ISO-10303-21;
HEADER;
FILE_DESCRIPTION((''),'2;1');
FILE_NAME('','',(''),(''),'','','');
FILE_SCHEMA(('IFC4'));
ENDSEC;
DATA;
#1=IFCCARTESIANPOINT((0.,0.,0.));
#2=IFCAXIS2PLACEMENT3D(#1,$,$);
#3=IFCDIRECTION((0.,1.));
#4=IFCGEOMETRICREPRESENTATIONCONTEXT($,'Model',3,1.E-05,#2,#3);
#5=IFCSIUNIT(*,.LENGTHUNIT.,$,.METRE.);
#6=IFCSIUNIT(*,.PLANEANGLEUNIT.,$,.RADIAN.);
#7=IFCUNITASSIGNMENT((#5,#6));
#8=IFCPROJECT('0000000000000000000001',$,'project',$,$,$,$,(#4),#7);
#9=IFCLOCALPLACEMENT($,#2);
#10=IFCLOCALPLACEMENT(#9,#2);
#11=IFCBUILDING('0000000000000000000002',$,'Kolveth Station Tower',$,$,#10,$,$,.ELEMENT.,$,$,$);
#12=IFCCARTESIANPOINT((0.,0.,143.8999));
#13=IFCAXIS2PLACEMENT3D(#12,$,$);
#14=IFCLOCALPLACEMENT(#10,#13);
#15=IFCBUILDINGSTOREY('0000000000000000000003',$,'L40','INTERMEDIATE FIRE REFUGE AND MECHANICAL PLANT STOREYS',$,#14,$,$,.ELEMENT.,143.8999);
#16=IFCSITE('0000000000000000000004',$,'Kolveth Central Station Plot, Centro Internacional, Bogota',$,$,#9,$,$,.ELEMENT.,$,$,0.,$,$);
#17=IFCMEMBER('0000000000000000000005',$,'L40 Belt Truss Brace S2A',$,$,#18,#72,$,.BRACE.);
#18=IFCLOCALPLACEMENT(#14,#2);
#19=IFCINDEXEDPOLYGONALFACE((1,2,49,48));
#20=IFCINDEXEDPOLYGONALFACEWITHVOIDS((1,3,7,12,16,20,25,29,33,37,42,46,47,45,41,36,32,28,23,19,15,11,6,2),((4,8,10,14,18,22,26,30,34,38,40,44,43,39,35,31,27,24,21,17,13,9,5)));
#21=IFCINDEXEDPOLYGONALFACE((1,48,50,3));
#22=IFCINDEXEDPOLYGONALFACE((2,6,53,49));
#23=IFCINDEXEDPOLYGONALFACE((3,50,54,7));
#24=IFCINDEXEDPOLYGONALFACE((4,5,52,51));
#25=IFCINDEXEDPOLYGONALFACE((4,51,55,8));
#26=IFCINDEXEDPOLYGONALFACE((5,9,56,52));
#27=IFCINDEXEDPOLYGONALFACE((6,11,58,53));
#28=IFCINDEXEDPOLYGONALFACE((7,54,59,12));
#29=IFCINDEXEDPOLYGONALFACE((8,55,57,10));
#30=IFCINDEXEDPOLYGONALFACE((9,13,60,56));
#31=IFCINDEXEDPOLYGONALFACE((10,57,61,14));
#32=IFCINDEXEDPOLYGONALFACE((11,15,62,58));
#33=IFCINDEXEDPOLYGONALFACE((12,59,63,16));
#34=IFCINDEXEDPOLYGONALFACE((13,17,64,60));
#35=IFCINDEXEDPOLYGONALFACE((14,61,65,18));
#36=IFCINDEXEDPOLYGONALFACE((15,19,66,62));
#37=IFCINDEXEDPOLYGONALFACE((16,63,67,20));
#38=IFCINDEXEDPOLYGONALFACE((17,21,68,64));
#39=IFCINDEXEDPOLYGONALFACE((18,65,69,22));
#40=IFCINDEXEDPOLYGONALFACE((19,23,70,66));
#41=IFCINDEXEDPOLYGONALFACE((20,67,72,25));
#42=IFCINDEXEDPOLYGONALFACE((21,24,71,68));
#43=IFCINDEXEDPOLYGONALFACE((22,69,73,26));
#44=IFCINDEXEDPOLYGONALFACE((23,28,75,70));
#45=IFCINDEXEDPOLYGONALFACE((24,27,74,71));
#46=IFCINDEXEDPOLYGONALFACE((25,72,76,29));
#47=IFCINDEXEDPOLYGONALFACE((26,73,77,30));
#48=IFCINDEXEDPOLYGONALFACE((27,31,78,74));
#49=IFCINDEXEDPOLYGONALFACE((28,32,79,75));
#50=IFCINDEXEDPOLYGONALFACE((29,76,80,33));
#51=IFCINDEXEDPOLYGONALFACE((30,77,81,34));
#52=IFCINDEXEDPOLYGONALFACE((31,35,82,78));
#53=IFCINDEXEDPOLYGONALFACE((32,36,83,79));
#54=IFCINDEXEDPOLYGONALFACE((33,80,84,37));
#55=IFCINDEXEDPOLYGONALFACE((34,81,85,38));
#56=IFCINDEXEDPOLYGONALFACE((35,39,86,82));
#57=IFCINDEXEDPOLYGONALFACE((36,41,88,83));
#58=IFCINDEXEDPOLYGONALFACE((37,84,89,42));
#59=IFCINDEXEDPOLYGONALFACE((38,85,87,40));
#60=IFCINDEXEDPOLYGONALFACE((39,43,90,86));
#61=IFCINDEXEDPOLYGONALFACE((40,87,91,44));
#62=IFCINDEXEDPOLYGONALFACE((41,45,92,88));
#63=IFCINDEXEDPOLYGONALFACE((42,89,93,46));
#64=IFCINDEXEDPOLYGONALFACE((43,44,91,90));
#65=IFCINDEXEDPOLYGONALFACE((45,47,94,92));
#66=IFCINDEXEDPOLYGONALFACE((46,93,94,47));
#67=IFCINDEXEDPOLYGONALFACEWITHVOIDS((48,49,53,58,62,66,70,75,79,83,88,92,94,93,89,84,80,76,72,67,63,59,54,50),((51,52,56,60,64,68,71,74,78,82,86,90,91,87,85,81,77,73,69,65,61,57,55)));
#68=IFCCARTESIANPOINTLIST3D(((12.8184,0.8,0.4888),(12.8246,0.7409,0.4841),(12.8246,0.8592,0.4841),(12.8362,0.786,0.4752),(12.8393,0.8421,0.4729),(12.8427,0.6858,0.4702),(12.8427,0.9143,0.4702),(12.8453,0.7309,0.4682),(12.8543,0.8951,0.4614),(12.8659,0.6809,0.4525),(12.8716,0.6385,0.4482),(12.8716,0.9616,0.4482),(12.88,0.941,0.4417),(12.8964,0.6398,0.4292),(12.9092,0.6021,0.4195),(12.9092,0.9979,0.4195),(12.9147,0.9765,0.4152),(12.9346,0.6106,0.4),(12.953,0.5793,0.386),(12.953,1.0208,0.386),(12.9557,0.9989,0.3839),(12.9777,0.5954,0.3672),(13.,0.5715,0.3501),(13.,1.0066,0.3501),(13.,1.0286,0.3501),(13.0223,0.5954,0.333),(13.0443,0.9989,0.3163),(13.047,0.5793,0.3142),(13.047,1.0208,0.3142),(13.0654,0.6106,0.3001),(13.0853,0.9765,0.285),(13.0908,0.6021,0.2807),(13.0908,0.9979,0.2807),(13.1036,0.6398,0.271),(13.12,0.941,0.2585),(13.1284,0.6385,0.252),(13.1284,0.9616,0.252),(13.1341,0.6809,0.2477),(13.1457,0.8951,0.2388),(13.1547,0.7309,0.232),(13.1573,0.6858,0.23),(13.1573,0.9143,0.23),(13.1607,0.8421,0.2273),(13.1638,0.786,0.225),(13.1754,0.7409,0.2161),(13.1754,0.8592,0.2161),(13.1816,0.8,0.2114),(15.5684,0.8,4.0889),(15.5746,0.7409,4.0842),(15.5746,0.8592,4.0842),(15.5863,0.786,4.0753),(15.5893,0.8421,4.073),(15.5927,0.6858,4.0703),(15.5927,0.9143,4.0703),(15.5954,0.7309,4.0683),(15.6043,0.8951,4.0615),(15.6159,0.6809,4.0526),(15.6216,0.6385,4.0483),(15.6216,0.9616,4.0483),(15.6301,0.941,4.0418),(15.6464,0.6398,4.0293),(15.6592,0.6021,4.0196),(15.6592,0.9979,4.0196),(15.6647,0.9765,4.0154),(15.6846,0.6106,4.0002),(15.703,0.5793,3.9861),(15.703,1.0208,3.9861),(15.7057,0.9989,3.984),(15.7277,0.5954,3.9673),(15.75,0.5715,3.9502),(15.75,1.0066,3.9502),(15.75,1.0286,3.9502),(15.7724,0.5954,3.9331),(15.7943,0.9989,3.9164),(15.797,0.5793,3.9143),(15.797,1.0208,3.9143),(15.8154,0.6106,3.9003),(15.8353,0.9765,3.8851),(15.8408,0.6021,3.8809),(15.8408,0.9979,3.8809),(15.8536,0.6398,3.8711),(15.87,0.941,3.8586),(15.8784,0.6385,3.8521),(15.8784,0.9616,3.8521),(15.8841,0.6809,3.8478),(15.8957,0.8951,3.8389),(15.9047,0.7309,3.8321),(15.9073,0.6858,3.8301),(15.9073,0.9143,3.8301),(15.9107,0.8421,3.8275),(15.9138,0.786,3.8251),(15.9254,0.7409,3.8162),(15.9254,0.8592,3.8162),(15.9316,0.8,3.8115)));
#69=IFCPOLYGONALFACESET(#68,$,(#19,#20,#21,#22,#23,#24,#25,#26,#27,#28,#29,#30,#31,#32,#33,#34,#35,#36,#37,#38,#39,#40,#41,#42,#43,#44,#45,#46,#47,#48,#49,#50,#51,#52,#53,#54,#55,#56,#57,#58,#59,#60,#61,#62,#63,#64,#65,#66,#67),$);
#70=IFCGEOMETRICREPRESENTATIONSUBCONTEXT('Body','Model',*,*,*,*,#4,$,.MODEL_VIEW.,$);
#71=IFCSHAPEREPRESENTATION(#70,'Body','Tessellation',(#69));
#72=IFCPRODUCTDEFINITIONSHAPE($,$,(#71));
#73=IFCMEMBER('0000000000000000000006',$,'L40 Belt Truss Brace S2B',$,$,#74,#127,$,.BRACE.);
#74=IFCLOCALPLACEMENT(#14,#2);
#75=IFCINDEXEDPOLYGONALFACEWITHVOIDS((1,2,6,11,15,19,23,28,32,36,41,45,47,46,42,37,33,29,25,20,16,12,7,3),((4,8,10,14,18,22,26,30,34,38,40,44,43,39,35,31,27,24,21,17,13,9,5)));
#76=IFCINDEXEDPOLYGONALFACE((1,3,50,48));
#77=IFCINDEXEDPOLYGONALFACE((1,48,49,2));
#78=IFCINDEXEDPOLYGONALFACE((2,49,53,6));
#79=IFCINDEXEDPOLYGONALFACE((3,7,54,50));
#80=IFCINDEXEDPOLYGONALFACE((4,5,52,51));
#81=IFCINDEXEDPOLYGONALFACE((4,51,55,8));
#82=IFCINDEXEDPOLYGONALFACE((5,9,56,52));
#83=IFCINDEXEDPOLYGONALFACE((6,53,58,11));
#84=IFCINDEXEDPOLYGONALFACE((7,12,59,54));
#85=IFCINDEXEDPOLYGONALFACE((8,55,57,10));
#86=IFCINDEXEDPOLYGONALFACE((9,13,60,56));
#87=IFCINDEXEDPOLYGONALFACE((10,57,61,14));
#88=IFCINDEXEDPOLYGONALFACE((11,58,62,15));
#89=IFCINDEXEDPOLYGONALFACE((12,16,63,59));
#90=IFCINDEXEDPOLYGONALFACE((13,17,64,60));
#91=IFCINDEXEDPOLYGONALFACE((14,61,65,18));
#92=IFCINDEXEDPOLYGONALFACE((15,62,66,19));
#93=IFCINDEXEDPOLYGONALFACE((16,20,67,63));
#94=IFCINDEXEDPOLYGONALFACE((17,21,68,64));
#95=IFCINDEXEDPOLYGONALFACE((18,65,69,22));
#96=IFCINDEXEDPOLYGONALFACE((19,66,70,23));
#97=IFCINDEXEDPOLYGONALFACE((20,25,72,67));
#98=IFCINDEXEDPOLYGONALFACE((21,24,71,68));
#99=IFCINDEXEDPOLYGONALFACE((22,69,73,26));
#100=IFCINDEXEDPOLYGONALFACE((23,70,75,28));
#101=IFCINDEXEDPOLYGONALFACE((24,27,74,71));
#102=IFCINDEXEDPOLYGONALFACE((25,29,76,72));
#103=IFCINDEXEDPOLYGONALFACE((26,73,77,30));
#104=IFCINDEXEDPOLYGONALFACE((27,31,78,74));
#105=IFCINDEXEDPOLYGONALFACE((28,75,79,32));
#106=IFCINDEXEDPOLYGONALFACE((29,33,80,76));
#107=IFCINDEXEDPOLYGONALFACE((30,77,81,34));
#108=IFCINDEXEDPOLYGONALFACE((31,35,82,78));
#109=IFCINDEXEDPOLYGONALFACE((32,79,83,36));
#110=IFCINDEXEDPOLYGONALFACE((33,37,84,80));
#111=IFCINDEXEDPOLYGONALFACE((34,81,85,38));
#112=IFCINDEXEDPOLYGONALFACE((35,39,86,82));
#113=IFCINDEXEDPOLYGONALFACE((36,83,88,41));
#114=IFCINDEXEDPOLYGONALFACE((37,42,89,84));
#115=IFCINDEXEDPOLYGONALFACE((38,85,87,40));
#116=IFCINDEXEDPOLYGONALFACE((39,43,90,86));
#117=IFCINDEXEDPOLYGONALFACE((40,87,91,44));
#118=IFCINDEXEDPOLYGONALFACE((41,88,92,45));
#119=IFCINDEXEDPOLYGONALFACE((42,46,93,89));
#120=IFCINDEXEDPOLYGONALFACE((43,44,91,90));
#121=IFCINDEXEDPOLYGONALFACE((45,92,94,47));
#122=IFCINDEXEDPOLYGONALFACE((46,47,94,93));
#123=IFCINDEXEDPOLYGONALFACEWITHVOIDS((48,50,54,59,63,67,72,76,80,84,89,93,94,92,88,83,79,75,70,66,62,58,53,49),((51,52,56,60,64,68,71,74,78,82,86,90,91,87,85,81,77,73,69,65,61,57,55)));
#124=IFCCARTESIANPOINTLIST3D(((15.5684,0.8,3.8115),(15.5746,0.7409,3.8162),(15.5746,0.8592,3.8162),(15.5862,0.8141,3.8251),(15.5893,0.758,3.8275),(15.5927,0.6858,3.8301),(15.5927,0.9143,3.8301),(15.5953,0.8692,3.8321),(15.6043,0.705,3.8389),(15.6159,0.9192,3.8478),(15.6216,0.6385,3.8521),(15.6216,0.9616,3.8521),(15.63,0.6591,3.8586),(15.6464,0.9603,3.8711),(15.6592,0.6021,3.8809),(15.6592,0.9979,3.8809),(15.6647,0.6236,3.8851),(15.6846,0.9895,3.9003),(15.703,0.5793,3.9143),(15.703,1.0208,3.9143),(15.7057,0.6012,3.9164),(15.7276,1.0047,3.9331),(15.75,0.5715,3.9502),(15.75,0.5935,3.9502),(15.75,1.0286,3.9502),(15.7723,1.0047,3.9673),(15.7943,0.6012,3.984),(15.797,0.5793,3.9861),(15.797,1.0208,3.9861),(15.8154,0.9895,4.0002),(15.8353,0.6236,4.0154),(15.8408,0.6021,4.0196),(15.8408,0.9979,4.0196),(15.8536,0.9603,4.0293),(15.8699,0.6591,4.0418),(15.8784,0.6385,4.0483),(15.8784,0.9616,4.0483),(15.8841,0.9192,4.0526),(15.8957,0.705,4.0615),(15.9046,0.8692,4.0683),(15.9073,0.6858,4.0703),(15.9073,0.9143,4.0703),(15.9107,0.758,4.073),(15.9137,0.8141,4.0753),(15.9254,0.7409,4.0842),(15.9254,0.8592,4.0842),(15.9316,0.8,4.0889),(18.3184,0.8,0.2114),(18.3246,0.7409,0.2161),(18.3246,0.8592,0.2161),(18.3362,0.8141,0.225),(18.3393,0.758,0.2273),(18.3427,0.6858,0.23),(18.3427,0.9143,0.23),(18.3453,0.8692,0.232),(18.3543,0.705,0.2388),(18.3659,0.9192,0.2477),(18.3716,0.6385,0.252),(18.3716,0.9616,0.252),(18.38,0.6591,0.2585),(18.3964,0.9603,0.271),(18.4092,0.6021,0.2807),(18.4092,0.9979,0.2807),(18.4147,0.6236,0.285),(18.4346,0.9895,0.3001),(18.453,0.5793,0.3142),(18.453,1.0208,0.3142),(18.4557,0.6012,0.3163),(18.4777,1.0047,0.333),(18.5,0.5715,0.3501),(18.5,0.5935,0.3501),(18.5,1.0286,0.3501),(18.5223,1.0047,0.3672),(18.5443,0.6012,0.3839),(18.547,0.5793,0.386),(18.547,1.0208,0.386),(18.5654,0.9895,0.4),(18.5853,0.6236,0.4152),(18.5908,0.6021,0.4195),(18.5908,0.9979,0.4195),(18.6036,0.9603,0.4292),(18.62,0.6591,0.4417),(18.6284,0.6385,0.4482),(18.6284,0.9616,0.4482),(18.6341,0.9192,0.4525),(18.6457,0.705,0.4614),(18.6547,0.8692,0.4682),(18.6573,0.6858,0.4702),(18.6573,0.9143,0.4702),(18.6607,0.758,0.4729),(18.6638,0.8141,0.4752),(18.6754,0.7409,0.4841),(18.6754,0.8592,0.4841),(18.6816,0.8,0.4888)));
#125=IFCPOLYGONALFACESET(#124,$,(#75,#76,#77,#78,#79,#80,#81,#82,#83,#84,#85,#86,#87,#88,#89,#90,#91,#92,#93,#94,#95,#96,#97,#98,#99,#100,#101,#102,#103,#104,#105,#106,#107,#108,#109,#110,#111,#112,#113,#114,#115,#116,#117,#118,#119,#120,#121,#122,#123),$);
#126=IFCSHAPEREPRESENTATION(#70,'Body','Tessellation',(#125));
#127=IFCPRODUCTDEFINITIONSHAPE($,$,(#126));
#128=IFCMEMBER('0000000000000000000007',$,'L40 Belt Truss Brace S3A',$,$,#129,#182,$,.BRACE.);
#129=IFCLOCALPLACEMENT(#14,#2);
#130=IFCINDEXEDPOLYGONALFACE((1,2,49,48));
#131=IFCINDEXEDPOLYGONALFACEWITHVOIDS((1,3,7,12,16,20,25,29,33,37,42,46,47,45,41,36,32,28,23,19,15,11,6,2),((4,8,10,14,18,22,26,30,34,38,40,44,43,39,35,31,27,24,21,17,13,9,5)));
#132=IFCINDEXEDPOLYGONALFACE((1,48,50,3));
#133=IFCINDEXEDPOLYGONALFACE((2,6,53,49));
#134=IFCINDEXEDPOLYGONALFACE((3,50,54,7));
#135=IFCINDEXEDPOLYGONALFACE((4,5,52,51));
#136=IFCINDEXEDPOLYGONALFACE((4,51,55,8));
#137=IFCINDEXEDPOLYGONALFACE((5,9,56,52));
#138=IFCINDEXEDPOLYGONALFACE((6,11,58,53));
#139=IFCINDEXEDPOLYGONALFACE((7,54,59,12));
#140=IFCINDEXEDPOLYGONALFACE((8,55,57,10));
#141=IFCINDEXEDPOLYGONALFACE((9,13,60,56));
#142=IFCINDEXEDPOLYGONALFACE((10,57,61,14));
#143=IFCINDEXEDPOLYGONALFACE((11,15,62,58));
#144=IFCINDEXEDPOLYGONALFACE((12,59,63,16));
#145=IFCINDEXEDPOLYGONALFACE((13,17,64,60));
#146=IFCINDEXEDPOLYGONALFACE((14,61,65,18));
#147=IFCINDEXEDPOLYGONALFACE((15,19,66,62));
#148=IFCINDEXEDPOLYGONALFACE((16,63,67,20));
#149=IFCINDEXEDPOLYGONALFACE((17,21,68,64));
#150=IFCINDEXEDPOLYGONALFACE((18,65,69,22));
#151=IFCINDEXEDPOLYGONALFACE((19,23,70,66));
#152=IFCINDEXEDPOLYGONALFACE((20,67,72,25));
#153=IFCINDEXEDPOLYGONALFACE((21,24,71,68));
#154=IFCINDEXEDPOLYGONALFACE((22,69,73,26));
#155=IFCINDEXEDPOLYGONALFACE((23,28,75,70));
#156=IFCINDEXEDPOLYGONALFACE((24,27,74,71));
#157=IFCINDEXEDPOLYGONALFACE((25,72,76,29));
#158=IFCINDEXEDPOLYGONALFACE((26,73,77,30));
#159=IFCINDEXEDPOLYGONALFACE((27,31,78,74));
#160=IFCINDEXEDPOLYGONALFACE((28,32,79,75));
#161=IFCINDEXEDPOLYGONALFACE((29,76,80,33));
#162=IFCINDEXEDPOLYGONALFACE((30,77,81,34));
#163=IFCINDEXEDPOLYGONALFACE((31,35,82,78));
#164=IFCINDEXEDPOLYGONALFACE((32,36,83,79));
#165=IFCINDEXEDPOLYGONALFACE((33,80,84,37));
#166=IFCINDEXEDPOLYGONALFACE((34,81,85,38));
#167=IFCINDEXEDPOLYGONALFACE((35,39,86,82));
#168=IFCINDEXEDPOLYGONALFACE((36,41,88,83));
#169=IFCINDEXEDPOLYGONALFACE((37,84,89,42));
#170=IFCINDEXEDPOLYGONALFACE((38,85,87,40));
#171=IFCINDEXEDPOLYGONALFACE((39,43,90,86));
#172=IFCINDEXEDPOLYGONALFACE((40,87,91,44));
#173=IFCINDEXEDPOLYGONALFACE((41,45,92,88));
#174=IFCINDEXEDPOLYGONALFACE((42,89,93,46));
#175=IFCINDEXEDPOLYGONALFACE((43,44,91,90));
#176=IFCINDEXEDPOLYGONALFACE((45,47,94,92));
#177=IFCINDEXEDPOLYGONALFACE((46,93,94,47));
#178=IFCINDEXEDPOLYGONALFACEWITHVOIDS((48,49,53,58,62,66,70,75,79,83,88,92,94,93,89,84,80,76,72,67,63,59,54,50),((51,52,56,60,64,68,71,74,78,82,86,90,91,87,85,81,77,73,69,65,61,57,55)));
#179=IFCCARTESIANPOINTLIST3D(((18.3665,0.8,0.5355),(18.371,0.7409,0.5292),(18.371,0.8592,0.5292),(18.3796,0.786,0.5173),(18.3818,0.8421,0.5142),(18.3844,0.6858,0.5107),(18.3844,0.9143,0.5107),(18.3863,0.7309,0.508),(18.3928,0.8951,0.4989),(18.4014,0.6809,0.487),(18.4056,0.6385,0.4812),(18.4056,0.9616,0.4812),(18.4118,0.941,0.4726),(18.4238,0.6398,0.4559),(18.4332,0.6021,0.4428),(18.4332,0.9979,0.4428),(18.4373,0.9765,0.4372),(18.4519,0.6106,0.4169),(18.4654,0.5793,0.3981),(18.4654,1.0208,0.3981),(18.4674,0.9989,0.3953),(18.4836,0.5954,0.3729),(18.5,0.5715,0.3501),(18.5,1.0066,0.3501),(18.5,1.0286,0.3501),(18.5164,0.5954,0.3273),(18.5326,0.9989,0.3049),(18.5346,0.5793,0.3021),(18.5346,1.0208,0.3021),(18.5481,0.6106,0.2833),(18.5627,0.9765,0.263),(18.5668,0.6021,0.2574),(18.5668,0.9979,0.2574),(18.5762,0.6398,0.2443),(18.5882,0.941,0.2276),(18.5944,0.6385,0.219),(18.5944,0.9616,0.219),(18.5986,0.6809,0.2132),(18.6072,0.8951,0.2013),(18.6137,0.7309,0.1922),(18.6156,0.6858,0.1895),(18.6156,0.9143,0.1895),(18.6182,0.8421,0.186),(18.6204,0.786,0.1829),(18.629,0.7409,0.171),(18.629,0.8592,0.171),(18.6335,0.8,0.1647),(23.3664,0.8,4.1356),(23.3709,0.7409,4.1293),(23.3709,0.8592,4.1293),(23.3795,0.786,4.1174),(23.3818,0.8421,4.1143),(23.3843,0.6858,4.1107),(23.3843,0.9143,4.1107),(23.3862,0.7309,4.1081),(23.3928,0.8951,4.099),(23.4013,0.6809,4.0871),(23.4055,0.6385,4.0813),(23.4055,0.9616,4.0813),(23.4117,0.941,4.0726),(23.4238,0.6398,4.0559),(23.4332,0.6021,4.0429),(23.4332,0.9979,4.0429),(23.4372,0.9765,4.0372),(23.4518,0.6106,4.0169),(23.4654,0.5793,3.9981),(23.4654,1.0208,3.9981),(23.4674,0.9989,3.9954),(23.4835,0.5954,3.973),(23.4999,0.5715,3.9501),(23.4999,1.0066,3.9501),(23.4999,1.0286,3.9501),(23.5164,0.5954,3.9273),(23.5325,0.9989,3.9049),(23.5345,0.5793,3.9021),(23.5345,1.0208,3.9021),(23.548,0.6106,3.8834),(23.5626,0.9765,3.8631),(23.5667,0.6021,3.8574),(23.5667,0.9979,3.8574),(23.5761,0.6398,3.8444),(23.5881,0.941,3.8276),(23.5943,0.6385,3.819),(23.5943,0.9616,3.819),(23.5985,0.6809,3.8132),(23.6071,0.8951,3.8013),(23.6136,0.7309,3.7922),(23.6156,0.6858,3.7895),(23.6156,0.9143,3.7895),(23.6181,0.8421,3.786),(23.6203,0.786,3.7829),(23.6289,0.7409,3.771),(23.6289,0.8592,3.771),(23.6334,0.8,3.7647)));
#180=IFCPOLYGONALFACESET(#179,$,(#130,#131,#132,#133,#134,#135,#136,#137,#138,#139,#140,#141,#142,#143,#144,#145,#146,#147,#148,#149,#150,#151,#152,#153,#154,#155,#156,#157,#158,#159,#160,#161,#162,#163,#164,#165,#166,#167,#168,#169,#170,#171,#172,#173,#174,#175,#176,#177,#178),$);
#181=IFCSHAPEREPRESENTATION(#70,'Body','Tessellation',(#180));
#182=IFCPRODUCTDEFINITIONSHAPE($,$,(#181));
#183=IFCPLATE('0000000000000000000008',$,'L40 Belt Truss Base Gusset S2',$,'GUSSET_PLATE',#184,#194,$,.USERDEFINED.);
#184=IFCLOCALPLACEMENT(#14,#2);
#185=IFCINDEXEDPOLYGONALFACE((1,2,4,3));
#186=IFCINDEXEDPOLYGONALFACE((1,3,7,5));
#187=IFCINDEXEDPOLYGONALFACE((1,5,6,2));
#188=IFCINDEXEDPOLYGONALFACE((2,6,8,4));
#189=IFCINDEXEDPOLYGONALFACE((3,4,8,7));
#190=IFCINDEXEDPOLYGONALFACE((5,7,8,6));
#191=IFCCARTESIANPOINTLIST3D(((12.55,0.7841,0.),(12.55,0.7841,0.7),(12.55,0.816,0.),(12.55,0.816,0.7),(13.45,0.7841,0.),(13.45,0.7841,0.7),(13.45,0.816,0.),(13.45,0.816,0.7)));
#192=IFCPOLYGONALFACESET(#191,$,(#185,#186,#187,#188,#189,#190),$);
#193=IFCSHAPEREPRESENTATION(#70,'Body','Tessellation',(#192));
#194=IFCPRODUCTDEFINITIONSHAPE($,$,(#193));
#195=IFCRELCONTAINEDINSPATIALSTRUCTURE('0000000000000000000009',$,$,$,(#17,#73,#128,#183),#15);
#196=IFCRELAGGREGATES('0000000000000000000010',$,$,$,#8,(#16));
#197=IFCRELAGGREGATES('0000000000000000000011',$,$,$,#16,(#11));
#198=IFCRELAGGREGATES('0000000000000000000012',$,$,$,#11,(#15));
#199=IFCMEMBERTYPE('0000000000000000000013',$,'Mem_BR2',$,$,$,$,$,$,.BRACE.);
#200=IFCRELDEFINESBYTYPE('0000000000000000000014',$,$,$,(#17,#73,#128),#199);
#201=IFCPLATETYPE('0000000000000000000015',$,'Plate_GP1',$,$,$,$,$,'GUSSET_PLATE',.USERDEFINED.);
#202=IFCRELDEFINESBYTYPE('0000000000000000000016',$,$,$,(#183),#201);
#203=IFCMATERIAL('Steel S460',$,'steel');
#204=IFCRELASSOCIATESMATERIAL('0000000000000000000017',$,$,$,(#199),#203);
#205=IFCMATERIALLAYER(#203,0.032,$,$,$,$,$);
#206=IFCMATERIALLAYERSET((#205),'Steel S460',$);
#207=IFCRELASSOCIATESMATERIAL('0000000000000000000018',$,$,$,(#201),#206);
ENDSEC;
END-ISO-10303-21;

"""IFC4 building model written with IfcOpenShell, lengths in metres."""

from ifc_helpers import new_model, si_unit, direction, frame, origin, origin_2d, place, context, subcontext, project, spatial, rectangle, hollow_circle, extrude, source, transform, mapped, material, layer, layer_set, material_profile, profile_set, type_object, element, save


model = new_model("IFC4")

# Units and contexts
model_context = context("Model", 3, precision=1e-05, world=origin(), true_north=direction((0.0, 1.0)))
body_context = subcontext(model_context, "Body", "Model", "MODEL_VIEW")
ifc_project = project(units=[si_unit("LENGTHUNIT", "METRE"), si_unit("PLANEANGLEUNIT", "RADIAN")], contexts=[model_context])

# Site, building, storey
site_placement = place(None, origin())
site = spatial("IfcSite", under=ifc_project, at=site_placement, Name="Kolveth Central Station Plot, Centro Internacional, Bogota", CompositionType="ELEMENT", RefElevation=0.0)
building_placement = place(site_placement, origin())
building = spatial("IfcBuilding", under=site, at=building_placement, Name="Kolveth Station Tower", CompositionType="ELEMENT")
storey_placement = place(building_placement, frame((0.0, 0.0, 143.8999)))
storey = spatial("IfcBuildingStorey", under=building, at=storey_placement, Name="L40", Description="INTERMEDIATE FIRE REFUGE AND MECHANICAL PLANT STOREYS", CompositionType="ELEMENT", Elevation=143.8999)

# Shared definitions
ifc_material_1 = material(Name="Steel S460", Category="steel")

# Members
ifc_material_profile_1 = material_profile(ifc_material_1, hollow_circle(Radius=0.2285, WallThickness=0.022, at=origin_2d()), Name="CHS457x22")
ifc_profile_set_1 = profile_set([ifc_material_profile_1], Name="Steel S460")
member_type_1 = type_object("IfcMemberType", Name="Mem_BR2", PredefinedType="BRACE", material=ifc_profile_set_1)
shared_shape_1 = source(origin(), body_context, "Body", "SweptSolid", [
    extrude(hollow_circle(Radius=0.2285, WallThickness=0.022, at=origin_2d()), origin(), (0.0, 0.0, 1.0), 4.5303),
])
for number, where, z_axis, x_axis, name in (
    (1, (13.0, 0.8, 0.3501), (0.60703, 0.0, 0.794679), (0.0, 1.0, 0.0), "L40 Belt Truss Brace S2A"),
    (2, (18.5, 0.8, 0.3501), (-0.60703, 0.0, 0.794679), (0.0, -1.0, 0.0), "L40 Belt Truss Brace S2B"),
):
    element("IfcMember", number, at=place(storey_placement, frame(where, z_axis=z_axis, x_axis=x_axis)), inside=storey, type_object=member_type_1, Name=name, PredefinedType="BRACE", context=body_context, shape_type="MappedRepresentation", body=[
        mapped(shared_shape_1, transform((0.0, 0.0, 0.0), x_axis=(1.0, 0.0, 0.0), y_axis=(0.0, 1.0, 0.0), z_axis=(0.0, 0.0, 1.0), scale=1.0)),
    ])
shared_shape_2 = source(origin(), body_context, "Body", "SweptSolid", [
    extrude(hollow_circle(Radius=0.2285, WallThickness=0.022, at=origin_2d()), origin(), (0.0, 0.0, 1.0), 6.1611),
])
member_1_placement = place(storey_placement, frame((18.5, 0.8, 0.3501), z_axis=(0.811527, 0.0, 0.584315), x_axis=(0.0, 1.0, 0.0)))
element("IfcMember", 3, at=member_1_placement, inside=storey, type_object=member_type_1, Name="L40 Belt Truss Brace S3A", PredefinedType="BRACE", context=body_context, shape_type="MappedRepresentation", body=[
    mapped(shared_shape_2, transform((0.0, 0.0, 0.0), x_axis=(1.0, 0.0, 0.0), y_axis=(0.0, 1.0, 0.0), z_axis=(0.0, 0.0, 1.0), scale=1.0)),
])

# Plate
ifc_layer = layer(ifc_material_1, 0.032)
ifc_layer_set = layer_set([ifc_layer], Name="Steel S460")
plate_type = type_object("IfcPlateType", Name="Plate_GP1", ElementType="GUSSET_PLATE", PredefinedType="USERDEFINED", material=ifc_layer_set)
shared_shape_3 = source(origin(), body_context, "Body", "SweptSolid", [
    extrude(rectangle(XDim=0.8999, YDim=0.032, at=origin_2d()), origin(), (0.0, 0.0, 1.0), 0.7),
])
for number, where, z_axis, x_axis, name in (
    (4, (13.0, 0.8, 0.0), (0.0, 0.0, 1.0), (1.0, 0.0, 0.0), "L40 Belt Truss Base Gusset S2"),
):
    element("IfcPlate", number, at=place(storey_placement, frame(where, z_axis=z_axis, x_axis=x_axis)), inside=storey, type_object=plate_type, Name=name, ObjectType="GUSSET_PLATE", PredefinedType="USERDEFINED", context=body_context, shape_type="MappedRepresentation", body=[
        mapped(shared_shape_3, transform((0.0, 0.0, 0.0), x_axis=(1.0, 0.0, 0.0), y_axis=(0.0, 1.0, 0.0), z_axis=(0.0, 0.0, 1.0), scale=1.0)),
    ])

save(model, "model.ifc")
